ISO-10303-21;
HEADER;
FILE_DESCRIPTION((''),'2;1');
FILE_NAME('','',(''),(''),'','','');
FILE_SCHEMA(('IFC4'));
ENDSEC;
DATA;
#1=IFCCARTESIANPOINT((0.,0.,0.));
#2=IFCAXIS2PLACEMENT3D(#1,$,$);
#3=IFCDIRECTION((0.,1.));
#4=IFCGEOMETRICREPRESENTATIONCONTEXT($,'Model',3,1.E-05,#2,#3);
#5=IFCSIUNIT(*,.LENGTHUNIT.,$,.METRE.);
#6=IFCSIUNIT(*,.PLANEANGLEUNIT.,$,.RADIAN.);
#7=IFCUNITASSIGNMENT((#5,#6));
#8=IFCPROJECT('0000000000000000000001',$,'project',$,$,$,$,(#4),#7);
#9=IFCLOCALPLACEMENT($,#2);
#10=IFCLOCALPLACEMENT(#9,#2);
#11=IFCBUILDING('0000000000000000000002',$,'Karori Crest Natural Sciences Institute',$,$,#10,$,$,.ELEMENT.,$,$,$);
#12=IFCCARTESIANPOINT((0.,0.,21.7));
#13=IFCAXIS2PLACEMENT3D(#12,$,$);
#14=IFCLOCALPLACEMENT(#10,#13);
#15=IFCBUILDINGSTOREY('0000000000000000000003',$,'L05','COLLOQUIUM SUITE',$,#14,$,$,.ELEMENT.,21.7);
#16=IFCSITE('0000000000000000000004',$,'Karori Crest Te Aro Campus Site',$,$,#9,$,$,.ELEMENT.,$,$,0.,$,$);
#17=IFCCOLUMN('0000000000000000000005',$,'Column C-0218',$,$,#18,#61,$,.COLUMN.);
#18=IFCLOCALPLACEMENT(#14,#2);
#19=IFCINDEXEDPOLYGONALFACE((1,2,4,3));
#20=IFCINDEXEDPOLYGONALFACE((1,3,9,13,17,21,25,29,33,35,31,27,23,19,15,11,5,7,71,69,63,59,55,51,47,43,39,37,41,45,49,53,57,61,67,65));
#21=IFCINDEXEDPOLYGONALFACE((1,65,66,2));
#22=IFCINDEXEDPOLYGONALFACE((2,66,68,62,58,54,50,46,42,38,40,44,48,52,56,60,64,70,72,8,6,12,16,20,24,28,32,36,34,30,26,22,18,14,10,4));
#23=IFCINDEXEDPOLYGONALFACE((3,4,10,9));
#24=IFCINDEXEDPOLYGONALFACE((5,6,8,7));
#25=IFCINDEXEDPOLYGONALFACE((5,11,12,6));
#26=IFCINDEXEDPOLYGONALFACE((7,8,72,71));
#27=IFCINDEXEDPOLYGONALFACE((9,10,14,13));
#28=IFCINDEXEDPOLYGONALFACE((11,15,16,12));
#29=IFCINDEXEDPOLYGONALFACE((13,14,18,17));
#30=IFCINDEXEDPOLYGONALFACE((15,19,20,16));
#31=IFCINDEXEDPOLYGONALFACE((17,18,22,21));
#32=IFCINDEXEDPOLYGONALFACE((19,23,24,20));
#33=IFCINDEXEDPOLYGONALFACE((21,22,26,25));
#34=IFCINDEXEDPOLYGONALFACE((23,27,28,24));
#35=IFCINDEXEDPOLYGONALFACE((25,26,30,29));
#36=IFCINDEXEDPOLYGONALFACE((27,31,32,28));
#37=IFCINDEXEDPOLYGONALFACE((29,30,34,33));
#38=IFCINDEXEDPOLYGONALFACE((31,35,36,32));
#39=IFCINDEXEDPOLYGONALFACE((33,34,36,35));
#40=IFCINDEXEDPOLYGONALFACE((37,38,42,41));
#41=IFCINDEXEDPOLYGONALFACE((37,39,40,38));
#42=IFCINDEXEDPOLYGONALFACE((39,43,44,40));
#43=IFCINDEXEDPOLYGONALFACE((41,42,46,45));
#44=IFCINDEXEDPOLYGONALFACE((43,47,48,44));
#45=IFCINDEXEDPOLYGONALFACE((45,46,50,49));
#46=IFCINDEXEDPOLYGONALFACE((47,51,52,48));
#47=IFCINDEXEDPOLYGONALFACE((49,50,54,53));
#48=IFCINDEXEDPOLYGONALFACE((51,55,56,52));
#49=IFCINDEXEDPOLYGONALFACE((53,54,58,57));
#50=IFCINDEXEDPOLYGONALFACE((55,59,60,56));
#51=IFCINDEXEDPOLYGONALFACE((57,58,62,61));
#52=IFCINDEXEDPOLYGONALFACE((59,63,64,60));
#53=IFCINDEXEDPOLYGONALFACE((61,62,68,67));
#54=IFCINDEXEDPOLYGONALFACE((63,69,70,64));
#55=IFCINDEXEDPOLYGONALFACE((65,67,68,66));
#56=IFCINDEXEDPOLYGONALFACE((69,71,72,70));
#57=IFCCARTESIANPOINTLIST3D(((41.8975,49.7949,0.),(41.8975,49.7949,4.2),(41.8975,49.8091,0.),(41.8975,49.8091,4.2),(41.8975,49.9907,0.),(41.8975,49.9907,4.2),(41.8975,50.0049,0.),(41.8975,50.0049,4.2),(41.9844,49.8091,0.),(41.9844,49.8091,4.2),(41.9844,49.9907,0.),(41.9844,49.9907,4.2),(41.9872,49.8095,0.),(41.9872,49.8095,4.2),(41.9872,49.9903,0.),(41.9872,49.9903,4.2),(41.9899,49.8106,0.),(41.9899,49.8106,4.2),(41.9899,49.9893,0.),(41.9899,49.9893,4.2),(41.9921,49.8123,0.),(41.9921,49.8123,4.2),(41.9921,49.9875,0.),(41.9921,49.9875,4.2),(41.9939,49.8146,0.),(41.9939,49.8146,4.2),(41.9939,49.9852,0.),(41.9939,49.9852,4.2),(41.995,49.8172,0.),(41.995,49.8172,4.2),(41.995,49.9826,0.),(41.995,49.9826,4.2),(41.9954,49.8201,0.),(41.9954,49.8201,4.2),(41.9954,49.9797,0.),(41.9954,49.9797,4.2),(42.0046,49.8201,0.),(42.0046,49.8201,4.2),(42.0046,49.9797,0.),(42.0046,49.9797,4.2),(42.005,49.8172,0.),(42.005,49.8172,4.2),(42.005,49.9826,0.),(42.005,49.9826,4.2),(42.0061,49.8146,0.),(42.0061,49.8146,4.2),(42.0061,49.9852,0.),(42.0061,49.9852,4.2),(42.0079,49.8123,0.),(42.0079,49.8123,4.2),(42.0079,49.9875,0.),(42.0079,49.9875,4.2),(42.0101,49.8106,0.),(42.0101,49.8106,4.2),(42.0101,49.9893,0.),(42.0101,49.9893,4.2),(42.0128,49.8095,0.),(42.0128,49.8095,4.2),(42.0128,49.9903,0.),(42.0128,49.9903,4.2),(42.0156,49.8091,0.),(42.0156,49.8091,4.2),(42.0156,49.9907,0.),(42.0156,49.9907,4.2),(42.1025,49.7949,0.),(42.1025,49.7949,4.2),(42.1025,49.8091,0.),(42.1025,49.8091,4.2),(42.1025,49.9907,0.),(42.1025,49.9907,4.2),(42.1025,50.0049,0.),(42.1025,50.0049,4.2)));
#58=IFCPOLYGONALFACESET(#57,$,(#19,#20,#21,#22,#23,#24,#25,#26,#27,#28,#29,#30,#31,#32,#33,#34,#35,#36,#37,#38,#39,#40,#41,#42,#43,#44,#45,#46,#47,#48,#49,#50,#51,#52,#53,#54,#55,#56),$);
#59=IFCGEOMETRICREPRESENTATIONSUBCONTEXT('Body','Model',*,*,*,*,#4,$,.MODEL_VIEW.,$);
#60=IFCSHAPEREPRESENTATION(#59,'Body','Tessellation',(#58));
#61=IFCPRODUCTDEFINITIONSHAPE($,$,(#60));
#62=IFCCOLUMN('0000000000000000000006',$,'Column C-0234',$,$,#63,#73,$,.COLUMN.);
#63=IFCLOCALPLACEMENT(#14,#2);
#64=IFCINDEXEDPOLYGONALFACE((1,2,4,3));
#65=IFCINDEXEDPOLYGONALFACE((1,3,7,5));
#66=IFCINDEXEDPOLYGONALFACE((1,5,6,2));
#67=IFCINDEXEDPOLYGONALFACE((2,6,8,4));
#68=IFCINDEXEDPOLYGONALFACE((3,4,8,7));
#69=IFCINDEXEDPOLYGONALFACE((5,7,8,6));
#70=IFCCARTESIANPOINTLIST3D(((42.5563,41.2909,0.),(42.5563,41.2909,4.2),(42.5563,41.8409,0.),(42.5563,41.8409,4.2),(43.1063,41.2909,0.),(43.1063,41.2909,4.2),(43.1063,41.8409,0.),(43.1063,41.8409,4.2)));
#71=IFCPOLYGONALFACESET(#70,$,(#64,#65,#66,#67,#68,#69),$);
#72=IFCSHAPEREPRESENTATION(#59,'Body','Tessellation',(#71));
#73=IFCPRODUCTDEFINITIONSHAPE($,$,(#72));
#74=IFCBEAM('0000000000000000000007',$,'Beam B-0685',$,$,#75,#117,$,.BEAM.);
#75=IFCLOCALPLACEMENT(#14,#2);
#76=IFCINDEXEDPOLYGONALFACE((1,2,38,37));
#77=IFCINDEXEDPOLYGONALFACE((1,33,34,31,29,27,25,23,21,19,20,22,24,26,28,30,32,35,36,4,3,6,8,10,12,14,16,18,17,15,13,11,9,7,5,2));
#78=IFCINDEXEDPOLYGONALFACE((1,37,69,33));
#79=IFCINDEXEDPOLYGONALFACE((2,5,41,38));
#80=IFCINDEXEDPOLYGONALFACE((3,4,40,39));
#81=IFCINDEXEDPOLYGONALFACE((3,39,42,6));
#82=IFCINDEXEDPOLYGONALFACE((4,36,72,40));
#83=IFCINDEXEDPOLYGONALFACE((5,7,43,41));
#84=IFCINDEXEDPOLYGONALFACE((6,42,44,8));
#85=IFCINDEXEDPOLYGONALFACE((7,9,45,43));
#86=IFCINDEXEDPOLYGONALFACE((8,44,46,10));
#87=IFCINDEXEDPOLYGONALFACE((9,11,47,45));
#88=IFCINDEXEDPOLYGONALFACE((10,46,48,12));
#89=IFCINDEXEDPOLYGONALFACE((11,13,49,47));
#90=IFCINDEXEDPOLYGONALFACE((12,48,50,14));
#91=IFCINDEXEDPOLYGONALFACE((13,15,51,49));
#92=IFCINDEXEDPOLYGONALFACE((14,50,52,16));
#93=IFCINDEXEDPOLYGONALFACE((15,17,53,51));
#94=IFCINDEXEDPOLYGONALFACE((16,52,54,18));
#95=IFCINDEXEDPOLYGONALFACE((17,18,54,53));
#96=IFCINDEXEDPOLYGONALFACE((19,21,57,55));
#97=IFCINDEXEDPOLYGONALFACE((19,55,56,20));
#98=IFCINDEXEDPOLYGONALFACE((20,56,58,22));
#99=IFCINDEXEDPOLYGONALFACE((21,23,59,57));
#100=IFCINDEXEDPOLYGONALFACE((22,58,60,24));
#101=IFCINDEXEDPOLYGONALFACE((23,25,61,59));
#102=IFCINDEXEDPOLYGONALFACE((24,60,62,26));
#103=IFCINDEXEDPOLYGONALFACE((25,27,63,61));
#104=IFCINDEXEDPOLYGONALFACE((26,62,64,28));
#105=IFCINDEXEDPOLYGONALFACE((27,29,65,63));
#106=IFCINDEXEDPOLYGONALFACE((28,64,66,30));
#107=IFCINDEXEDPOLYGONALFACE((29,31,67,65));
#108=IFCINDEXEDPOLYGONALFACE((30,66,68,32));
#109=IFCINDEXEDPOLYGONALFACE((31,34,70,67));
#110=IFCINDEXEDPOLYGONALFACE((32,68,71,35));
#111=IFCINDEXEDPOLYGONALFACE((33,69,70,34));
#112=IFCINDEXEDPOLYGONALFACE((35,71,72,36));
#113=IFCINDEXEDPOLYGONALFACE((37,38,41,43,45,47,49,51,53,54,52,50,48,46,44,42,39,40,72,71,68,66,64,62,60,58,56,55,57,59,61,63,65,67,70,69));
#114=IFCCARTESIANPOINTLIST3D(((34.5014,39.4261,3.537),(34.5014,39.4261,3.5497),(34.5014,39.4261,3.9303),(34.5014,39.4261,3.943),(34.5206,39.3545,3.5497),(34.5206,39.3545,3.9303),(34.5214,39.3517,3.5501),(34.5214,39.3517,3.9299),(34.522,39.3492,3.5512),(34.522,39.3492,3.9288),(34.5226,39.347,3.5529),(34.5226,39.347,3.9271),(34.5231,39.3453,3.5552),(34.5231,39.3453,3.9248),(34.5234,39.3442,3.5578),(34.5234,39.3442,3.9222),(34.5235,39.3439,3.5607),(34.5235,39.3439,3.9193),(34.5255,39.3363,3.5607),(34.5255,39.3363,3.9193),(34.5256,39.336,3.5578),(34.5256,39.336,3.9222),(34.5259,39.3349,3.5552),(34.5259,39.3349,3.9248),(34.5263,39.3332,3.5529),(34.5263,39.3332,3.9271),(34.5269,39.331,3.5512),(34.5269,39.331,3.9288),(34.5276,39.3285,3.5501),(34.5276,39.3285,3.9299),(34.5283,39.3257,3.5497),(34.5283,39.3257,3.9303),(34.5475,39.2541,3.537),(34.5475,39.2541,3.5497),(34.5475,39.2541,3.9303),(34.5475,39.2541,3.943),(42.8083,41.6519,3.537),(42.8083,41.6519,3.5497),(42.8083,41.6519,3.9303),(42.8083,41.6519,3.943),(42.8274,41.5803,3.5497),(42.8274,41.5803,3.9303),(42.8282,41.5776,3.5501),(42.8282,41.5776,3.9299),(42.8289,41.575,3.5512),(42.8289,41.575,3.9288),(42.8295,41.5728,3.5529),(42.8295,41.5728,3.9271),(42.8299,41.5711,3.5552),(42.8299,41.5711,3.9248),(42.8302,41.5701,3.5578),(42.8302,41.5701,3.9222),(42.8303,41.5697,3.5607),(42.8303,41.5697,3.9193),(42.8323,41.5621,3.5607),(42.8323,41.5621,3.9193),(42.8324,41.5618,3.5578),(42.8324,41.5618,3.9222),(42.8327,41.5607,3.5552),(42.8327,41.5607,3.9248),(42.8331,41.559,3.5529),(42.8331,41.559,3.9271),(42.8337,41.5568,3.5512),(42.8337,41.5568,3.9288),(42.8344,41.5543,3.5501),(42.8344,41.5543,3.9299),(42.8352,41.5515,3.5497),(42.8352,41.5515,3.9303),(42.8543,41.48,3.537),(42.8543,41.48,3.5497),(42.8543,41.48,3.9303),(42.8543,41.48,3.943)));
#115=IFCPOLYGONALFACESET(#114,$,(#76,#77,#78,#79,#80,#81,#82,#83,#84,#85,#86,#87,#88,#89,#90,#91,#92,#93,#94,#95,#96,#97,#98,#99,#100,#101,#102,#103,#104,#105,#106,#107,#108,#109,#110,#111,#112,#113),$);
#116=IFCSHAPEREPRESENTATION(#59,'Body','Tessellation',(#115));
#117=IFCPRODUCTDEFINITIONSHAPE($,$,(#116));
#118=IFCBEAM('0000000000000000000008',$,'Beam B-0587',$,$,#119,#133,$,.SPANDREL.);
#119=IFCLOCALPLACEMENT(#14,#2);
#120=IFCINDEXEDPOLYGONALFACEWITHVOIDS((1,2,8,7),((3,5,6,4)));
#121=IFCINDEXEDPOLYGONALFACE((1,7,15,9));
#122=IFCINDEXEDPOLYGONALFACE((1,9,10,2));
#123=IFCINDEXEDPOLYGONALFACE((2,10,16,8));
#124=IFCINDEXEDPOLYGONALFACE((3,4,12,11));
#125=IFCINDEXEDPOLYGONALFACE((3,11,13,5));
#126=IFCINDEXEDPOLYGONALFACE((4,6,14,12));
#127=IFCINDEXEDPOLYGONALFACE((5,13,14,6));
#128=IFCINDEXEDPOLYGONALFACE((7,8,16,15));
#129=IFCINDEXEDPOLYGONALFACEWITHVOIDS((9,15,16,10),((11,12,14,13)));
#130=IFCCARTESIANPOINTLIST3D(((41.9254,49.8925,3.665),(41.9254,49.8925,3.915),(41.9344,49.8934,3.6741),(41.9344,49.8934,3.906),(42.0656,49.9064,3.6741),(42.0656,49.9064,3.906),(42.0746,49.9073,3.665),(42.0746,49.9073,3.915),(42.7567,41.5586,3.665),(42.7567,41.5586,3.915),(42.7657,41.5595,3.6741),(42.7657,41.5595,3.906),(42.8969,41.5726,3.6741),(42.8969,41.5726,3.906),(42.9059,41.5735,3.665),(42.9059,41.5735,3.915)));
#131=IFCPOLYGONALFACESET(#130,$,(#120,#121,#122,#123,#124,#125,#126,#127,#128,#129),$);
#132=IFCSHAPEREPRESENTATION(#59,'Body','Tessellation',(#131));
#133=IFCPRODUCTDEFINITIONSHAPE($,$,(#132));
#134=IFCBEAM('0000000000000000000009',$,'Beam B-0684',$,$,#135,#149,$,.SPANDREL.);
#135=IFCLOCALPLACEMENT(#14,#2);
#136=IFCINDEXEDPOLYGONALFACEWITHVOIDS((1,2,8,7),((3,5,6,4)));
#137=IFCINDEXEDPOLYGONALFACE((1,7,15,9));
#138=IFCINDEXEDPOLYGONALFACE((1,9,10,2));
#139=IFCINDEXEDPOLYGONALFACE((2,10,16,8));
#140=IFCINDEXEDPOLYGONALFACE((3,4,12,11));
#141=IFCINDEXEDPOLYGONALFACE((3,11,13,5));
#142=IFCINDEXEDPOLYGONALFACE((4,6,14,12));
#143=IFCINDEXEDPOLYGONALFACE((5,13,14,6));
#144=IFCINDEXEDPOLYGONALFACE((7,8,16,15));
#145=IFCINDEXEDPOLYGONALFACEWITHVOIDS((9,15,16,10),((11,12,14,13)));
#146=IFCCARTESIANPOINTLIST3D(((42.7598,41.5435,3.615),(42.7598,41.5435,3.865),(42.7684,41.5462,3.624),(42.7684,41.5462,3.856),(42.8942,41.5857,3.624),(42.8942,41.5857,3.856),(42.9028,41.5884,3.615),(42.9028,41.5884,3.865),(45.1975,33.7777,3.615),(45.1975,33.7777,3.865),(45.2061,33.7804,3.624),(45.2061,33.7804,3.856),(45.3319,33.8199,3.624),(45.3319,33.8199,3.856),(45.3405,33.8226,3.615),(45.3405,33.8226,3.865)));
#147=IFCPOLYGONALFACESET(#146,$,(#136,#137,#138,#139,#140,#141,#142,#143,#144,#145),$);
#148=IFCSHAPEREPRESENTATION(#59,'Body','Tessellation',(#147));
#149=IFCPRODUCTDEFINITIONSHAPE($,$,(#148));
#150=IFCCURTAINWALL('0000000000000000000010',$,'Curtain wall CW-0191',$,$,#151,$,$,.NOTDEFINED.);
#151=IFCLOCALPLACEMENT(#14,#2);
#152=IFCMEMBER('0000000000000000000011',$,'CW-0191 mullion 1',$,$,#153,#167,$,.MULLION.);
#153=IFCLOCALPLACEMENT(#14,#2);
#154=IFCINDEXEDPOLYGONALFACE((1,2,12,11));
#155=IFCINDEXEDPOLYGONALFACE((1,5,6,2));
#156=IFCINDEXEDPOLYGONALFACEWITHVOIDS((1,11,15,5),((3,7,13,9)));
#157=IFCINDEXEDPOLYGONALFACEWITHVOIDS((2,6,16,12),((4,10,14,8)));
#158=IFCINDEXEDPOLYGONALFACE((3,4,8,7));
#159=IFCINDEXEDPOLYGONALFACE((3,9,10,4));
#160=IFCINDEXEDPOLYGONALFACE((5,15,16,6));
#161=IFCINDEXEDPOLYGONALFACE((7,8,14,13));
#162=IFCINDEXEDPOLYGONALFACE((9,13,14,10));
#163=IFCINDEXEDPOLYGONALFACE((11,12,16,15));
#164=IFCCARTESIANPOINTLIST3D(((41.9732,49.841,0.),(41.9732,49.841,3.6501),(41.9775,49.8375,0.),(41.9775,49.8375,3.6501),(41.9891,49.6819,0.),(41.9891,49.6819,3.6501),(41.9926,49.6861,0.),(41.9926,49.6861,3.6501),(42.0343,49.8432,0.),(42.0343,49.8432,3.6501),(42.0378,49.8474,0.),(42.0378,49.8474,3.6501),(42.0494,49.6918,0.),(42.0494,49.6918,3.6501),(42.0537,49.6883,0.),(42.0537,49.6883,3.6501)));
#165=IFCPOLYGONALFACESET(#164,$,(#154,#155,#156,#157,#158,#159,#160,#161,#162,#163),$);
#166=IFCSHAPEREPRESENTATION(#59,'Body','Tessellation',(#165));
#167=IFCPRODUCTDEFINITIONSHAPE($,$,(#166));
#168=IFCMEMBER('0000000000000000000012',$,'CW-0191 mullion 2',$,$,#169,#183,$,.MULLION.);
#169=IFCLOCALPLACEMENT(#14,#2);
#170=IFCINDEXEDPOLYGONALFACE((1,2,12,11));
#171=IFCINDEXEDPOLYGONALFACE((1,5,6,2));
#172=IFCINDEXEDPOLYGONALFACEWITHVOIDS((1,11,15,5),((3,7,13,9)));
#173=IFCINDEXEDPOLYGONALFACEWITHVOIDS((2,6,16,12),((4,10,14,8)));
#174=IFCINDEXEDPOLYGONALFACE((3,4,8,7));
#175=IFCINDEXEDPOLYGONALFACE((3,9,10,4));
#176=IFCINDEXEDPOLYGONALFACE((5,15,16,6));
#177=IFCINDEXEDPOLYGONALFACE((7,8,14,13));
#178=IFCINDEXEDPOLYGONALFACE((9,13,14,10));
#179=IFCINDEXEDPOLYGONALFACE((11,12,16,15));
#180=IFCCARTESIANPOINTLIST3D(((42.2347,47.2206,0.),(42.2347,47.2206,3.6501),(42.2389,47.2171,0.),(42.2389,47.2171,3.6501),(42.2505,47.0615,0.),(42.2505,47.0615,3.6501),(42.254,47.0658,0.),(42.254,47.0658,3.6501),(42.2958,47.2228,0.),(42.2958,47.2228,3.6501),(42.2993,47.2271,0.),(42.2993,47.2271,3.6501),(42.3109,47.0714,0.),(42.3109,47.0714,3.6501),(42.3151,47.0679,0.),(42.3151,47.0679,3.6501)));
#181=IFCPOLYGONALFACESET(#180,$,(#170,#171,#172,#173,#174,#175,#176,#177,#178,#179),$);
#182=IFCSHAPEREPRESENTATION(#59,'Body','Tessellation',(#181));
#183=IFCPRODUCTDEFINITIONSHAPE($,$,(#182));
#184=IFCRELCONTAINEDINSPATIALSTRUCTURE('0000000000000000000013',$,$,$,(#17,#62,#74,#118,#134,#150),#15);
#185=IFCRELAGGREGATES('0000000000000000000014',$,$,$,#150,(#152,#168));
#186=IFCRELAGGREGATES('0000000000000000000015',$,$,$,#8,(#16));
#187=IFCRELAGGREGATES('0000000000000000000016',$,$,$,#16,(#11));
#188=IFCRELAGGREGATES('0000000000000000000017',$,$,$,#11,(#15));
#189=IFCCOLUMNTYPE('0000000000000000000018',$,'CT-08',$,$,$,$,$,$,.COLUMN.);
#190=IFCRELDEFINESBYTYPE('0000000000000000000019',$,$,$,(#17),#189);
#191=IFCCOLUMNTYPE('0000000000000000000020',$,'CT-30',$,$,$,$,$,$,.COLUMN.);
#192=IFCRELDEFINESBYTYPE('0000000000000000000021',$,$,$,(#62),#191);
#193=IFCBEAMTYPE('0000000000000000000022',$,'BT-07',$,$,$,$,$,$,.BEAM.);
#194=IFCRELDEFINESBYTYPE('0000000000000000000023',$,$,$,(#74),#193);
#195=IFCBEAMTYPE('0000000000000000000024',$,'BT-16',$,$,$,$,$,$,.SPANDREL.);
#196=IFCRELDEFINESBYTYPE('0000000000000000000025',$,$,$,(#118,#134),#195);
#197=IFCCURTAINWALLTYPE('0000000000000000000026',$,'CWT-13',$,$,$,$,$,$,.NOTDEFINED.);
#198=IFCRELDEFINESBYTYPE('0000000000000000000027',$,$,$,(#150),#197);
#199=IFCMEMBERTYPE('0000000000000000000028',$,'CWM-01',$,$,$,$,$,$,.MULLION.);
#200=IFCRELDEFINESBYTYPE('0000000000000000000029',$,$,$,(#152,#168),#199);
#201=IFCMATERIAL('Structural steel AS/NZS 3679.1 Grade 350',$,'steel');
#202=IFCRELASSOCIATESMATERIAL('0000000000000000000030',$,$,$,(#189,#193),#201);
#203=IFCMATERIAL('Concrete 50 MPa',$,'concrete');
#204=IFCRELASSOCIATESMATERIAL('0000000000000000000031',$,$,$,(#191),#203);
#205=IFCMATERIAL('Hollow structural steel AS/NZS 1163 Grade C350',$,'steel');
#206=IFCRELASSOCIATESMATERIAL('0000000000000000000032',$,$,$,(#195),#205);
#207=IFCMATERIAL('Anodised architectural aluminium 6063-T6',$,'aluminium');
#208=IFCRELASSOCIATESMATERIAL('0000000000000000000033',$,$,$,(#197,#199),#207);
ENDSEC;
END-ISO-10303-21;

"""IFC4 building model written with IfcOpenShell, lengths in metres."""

from ifc_helpers import new_model, si_unit, direction, frame, origin, origin_2d, place, context, subcontext, project, spatial, rectangle, hollow_rectangle, i_section, extrude, material, material_profile, profile_set, type_object, element, aggregate, save


model = new_model("IFC4")

# Units and contexts
model_context = context("Model", 3, precision=1e-05, world=origin(), true_north=direction((0.0, 1.0)))
body_context = subcontext(model_context, "Body", "Model", "MODEL_VIEW")
ifc_project = project(units=[si_unit("LENGTHUNIT", "METRE"), si_unit("PLANEANGLEUNIT", "RADIAN")], contexts=[model_context])

# Site, building, storey
site_placement = place(None, origin())
site = spatial("IfcSite", under=ifc_project, at=site_placement, Name="Karori Crest Te Aro Campus Site", CompositionType="ELEMENT", RefElevation=0.0)
building_placement = place(site_placement, origin())
building = spatial("IfcBuilding", under=site, at=building_placement, Name="Karori Crest Natural Sciences Institute", CompositionType="ELEMENT")
storey_placement = place(building_placement, frame((0.0, 0.0, 21.7)))
storey = spatial("IfcBuildingStorey", under=building, at=storey_placement, Name="L05", Description="COLLOQUIUM SUITE", CompositionType="ELEMENT", Elevation=21.7)

# Columns
ifc_material_1 = material(Name="Structural steel AS/NZS 3679.1 Grade 350", Category="steel")
ifc_material_profile_1 = material_profile(ifc_material_1, i_section(OverallWidth=0.2051, OverallDepth=0.21, WebThickness=0.0093, FlangeThickness=0.0142, FilletRadius=0.011, at=origin_2d()), Name="200UC59.5")
ifc_profile_set_1 = profile_set([ifc_material_profile_1], Name="Structural steel AS/NZS 3679.1 Grade 350")
column_type_1 = type_object("IfcColumnType", Name="CT-08", PredefinedType="COLUMN", material=ifc_profile_set_1)
column_1_placement = place(storey_placement, frame((42.0, 49.8999, 0.0), z_axis=(0.0, 0.0, 1.0), x_axis=(1.0, 0.0, 0.0)))
element("IfcColumn", 1, at=column_1_placement, inside=storey, type_object=column_type_1, Name="Column C-0218", PredefinedType="COLUMN", context=body_context, shape_type="SweptSolid", body=[
    extrude(i_section(OverallWidth=0.2051, OverallDepth=0.21, WebThickness=0.0093, FlangeThickness=0.0142, FilletRadius=0.011, at=origin_2d()), origin(), (0.0, 0.0, 1.0), 4.2),
])
ifc_material_2 = material(Name="Concrete 50 MPa", Category="concrete")
ifc_material_profile_2 = material_profile(ifc_material_2, rectangle(XDim=0.55, YDim=0.55, at=origin_2d()), Name="RC550x550")
ifc_profile_set_2 = profile_set([ifc_material_profile_2], Name="Concrete 50 MPa")
column_type_2 = type_object("IfcColumnType", Name="CT-30", PredefinedType="COLUMN", material=ifc_profile_set_2)
column_2_placement = place(storey_placement, frame((42.8313, 41.5659, 0.0), z_axis=(0.0, 0.0, 1.0), x_axis=(1.0, 0.0, 0.0)))
element("IfcColumn", 2, at=column_2_placement, inside=storey, type_object=column_type_2, Name="Column C-0234", PredefinedType="COLUMN", context=body_context, shape_type="SweptSolid", body=[
    extrude(rectangle(XDim=0.55, YDim=0.55, at=origin_2d()), origin(), (0.0, 0.0, 1.0), 4.2),
])

# Beams
ifc_material_profile_3 = material_profile(ifc_material_1, i_section(OverallWidth=0.178, OverallDepth=0.406, WebThickness=0.0078, FlangeThickness=0.0127, FilletRadius=0.011, at=origin_2d()), Name="410UB59.7")
ifc_profile_set_3 = profile_set([ifc_material_profile_3], Name="Structural steel AS/NZS 3679.1 Grade 350")
beam_type_1 = type_object("IfcBeamType", Name="BT-07", PredefinedType="BEAM", material=ifc_profile_set_3)
beam_1_placement = place(storey_placement, frame((42.8313, 41.5659, 3.74), z_axis=(-0.965926, -0.25882, 0.0), x_axis=(0.25882, -0.965926, 0.0)))
element("IfcBeam", 3, at=beam_1_placement, inside=storey, type_object=beam_type_1, Name="Beam B-0685", PredefinedType="BEAM", context=body_context, shape_type="SweptSolid", body=[
    extrude(i_section(OverallWidth=0.178, OverallDepth=0.406, WebThickness=0.0078, FlangeThickness=0.0127, FilletRadius=0.011, at=origin_2d()), origin(), (0.0, 0.0, 1.0), 8.5999),
])
ifc_material_3 = material(Name="Hollow structural steel AS/NZS 1163 Grade C350", Category="steel")
ifc_material_profile_4 = material_profile(ifc_material_3, hollow_rectangle(XDim=0.1499, YDim=0.25, WallThickness=0.009, at=origin_2d()), Name="RHS250x150x9")
ifc_profile_set_4 = profile_set([ifc_material_profile_4], Name="Hollow structural steel AS/NZS 1163 Grade C350")
beam_type_2 = type_object("IfcBeamType", Name="BT-16", PredefinedType="SPANDREL", material=ifc_profile_set_4)
beam_2_placement = place(storey_placement, frame((42.0, 49.8999, 3.79), z_axis=(0.099256, -0.995062, 0.0), x_axis=(0.995062, 0.099256, 0.0)))
element("IfcBeam", 4, at=beam_2_placement, inside=storey, type_object=beam_type_2, Name="Beam B-0587", PredefinedType="SPANDREL", context=body_context, shape_type="SweptSolid", body=[
    extrude(hollow_rectangle(XDim=0.1499, YDim=0.25, WallThickness=0.009, at=origin_2d()), origin(), (0.0, 0.0, 1.0), 8.3752),
])
beam_3_placement = place(storey_placement, frame((42.8313, 41.5659, 3.74), z_axis=(0.299496, -0.954098, 0.0), x_axis=(0.954098, 0.299496, 0.0)))
element("IfcBeam", 5, at=beam_3_placement, inside=storey, type_object=beam_type_2, Name="Beam B-0684", PredefinedType="SPANDREL", context=body_context, shape_type="SweptSolid", body=[
    extrude(hollow_rectangle(XDim=0.1499, YDim=0.25, WallThickness=0.009, at=origin_2d()), origin(), (0.0, 0.0, 1.0), 8.1394),
])

# Curtain wall, members
ifc_material_4 = material(Name="Anodised architectural aluminium 6063-T6", Category="aluminium")
curtain_wall_type = type_object("IfcCurtainWallType", Name="CWT-13", PredefinedType="NOTDEFINED", material=ifc_material_4)
curtain_wall_placement = place(storey_placement, origin())
curtain_wall = element("IfcCurtainWall", 6, at=curtain_wall_placement, inside=storey, type_object=curtain_wall_type, Name="Curtain wall CW-0191", PredefinedType="NOTDEFINED")
ifc_material_profile_5 = material_profile(ifc_material_4, hollow_rectangle(XDim=0.0649, YDim=0.1599, WallThickness=0.0039, at=origin_2d()), Name="CWM160x65x4")
ifc_profile_set_5 = profile_set([ifc_material_profile_5], Name="Anodised architectural aluminium 6063-T6")
member_type_1 = type_object("IfcMemberType", Name="CWM-01", PredefinedType="MULLION", material=ifc_profile_set_5)
member_1_placement = place(storey_placement, frame((42.0134, 49.7646, 0.0), z_axis=(0.0, 0.0, 1.0), x_axis=(0.995061, 0.099268, 0.0)))
member_1 = element("IfcMember", 7, at=member_1_placement, type_object=member_type_1, Name="CW-0191 mullion 1", PredefinedType="MULLION", context=body_context, shape_type="SweptSolid", body=[
    extrude(hollow_rectangle(XDim=0.0649, YDim=0.1599, WallThickness=0.0039, at=origin_2d()), origin(), (0.0, 0.0, 1.0), 3.6501),
])
member_2_placement = place(storey_placement, frame((42.2749, 47.1443, 0.0), z_axis=(0.0, 0.0, 1.0), x_axis=(0.995061, 0.099268, 0.0)))
member_2 = element("IfcMember", 8, at=member_2_placement, type_object=member_type_1, Name="CW-0191 mullion 2", PredefinedType="MULLION", context=body_context, shape_type="SweptSolid", body=[
    extrude(hollow_rectangle(XDim=0.0649, YDim=0.1599, WallThickness=0.0039, at=origin_2d()), origin(), (0.0, 0.0, 1.0), 3.6501),
])
aggregate(curtain_wall, [member_1, member_2])

save(model, "model.ifc")
